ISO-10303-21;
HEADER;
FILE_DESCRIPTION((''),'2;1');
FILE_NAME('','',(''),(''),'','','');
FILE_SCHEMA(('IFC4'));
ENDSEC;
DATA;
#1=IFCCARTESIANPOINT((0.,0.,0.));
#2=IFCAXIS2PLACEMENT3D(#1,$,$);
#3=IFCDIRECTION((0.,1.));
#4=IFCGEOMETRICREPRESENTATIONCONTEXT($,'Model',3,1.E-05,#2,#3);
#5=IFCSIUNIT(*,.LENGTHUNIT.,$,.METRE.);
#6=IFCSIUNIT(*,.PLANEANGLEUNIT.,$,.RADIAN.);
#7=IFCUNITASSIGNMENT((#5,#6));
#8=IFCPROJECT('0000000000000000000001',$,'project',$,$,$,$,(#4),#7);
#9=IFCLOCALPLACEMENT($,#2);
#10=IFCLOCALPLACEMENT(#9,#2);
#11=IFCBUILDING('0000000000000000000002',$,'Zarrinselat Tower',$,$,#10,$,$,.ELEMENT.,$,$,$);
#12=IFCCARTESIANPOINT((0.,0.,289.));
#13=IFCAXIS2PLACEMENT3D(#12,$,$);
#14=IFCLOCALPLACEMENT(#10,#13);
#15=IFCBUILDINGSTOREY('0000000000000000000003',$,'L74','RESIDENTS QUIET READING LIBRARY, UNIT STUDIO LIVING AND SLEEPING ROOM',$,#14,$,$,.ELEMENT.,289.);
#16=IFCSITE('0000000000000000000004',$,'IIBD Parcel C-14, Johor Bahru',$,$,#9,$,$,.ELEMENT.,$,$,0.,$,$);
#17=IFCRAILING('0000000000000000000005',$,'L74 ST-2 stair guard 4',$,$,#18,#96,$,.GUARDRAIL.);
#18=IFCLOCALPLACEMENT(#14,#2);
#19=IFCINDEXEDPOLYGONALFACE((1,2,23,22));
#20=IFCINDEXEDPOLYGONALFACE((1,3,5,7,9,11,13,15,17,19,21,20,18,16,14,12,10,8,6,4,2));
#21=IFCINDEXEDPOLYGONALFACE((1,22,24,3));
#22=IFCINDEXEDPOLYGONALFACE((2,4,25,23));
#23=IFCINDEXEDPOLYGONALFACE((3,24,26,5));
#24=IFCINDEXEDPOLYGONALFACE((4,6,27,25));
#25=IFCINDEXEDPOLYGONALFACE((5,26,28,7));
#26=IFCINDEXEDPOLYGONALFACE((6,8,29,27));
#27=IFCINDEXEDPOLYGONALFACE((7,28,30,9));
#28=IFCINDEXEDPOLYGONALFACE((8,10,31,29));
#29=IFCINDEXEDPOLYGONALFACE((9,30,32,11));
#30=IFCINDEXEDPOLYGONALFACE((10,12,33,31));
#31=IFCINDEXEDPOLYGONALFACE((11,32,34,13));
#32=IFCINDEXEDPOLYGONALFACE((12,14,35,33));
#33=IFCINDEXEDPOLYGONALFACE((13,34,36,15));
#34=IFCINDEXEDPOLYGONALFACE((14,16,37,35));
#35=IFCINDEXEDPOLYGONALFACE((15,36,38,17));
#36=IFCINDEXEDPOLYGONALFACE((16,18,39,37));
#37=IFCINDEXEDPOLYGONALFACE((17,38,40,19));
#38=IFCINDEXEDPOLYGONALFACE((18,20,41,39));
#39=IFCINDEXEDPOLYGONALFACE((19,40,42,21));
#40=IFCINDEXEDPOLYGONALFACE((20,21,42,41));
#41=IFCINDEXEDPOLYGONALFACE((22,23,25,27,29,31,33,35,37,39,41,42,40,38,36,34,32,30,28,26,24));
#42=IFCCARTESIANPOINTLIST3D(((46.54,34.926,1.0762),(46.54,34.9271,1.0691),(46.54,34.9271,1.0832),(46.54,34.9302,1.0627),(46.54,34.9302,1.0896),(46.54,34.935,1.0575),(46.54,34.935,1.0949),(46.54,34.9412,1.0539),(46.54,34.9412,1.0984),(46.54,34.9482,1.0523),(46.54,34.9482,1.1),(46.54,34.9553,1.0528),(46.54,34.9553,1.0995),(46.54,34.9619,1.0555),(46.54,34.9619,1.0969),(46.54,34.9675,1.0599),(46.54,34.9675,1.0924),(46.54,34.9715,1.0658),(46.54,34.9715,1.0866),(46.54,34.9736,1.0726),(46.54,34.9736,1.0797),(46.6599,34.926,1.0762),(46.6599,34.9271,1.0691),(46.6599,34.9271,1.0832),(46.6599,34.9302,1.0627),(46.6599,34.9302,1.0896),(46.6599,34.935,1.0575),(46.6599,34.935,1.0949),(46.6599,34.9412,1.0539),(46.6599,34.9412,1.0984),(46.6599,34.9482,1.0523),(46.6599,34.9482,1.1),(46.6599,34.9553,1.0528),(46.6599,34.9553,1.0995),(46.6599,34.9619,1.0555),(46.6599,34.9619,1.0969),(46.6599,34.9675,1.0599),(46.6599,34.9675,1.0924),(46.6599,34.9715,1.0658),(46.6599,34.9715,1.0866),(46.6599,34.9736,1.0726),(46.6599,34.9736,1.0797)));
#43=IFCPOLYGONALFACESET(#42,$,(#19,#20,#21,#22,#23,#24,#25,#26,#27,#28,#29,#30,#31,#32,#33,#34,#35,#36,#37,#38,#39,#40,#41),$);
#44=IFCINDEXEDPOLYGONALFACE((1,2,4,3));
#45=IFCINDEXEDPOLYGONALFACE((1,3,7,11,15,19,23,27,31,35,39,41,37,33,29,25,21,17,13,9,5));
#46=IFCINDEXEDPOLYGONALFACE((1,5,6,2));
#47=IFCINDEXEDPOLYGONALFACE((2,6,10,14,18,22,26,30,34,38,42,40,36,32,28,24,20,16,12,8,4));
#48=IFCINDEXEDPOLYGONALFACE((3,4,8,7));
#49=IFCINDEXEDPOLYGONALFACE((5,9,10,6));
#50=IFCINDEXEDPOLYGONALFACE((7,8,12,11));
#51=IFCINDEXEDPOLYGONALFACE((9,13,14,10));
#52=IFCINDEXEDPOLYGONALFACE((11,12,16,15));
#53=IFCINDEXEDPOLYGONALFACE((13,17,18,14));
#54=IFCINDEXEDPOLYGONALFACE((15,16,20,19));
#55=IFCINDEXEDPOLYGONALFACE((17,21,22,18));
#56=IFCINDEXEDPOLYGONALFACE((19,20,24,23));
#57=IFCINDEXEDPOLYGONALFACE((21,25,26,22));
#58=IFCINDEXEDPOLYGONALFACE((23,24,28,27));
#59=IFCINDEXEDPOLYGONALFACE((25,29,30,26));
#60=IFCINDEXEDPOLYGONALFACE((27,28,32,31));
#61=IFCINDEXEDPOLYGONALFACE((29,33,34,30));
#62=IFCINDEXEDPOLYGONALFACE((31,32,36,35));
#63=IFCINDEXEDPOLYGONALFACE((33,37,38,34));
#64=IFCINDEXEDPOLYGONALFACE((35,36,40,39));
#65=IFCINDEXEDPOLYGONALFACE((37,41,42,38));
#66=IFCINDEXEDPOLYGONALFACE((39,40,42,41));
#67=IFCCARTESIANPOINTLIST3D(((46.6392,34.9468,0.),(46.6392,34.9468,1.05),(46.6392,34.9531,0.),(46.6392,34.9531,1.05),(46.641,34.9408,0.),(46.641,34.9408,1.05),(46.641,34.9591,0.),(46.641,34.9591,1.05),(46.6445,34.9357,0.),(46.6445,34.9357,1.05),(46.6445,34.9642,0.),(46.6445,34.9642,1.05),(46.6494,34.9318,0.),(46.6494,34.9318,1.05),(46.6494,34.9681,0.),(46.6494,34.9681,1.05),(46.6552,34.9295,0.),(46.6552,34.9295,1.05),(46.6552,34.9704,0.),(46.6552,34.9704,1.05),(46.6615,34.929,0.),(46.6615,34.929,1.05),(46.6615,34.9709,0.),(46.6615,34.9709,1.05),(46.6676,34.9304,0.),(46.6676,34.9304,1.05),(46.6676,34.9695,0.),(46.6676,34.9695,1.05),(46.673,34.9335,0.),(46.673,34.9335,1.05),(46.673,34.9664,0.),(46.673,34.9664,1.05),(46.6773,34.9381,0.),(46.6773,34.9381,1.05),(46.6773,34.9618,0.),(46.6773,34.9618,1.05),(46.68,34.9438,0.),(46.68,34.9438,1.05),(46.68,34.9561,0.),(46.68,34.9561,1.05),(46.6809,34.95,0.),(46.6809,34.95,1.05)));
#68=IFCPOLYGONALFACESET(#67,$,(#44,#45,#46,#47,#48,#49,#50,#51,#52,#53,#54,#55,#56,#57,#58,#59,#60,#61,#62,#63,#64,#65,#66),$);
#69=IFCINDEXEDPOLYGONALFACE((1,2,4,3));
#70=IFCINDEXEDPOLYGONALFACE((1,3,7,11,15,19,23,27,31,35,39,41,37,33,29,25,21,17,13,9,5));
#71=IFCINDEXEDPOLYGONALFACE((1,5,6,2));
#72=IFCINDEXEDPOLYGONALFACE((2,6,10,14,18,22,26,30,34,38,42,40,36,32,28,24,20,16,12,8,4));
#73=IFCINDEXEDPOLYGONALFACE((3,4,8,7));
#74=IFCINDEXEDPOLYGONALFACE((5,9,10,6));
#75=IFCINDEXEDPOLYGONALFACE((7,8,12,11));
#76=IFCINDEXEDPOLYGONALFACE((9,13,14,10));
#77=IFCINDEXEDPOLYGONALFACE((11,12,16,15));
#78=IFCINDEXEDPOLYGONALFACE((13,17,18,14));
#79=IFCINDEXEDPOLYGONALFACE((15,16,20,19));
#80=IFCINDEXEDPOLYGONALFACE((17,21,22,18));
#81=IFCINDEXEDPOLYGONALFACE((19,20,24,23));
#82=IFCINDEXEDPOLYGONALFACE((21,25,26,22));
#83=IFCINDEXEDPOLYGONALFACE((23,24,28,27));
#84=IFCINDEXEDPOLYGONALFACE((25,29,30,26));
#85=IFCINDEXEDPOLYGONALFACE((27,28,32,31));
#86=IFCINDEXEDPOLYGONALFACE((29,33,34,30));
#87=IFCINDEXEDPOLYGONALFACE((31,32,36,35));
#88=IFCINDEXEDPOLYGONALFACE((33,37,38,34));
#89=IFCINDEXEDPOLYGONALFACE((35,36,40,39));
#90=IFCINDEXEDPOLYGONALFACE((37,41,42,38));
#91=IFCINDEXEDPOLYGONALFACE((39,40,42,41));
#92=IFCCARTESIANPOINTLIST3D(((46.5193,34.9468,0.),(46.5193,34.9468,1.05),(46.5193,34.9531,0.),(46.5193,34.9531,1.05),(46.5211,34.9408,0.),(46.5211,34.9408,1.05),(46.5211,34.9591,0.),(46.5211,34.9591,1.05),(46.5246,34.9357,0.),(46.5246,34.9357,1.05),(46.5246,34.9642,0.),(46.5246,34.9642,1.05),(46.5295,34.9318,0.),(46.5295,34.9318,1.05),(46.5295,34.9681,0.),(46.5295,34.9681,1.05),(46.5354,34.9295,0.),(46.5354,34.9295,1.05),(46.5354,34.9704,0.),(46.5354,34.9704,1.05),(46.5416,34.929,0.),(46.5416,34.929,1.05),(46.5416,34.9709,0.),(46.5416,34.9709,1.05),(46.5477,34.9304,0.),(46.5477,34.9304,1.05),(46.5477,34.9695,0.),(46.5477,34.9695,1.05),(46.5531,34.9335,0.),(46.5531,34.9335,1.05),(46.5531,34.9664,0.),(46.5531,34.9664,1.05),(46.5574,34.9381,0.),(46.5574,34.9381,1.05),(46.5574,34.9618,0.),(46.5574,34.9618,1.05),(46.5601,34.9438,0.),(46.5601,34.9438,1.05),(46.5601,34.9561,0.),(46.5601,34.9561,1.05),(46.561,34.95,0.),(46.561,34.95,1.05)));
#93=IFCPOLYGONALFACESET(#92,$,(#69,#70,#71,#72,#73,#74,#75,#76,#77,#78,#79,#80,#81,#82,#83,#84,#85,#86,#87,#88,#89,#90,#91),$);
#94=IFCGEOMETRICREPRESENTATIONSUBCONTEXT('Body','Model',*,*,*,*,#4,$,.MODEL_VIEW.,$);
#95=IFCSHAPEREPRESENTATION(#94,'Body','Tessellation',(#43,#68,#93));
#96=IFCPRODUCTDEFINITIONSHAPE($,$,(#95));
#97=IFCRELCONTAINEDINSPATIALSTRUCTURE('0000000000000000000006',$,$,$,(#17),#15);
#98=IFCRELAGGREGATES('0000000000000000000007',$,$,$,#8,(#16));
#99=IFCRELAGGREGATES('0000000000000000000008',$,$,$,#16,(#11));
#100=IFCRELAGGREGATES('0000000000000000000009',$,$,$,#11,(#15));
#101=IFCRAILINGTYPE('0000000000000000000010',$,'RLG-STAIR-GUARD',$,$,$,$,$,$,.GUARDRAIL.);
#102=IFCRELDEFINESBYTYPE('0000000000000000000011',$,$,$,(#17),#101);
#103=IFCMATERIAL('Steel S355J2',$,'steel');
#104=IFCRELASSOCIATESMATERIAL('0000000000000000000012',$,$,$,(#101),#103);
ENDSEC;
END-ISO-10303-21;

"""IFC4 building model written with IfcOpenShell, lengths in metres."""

from ifc_helpers import new_model, si_unit, direction, frame, origin, origin_2d, place, context, subcontext, project, spatial, circle, extrude, material, type_object, element, save


model = new_model("IFC4")

# Units and contexts
model_context = context("Model", 3, precision=1e-05, world=origin(), true_north=direction((0.0, 1.0)))
body_context = subcontext(model_context, "Body", "Model", "MODEL_VIEW")
ifc_project = project(units=[si_unit("LENGTHUNIT", "METRE"), si_unit("PLANEANGLEUNIT", "RADIAN")], contexts=[model_context])

# Site, building, storey
site_placement = place(None, origin())
site = spatial("IfcSite", under=ifc_project, at=site_placement, Name="IIBD Parcel C-14, Johor Bahru", CompositionType="ELEMENT", RefElevation=0.0)
building_placement = place(site_placement, origin())
building = spatial("IfcBuilding", under=site, at=building_placement, Name="Zarrinselat Tower", CompositionType="ELEMENT")
storey_placement = place(building_placement, frame((0.0, 0.0, 289.0)))
storey = spatial("IfcBuildingStorey", under=building, at=storey_placement, Name="L74", Description="RESIDENTS QUIET READING LIBRARY, UNIT STUDIO LIVING AND SLEEPING ROOM", CompositionType="ELEMENT", Elevation=289.0)

# Railing
ifc_material_1 = material(Name="Steel S355J2", Category="steel")
railing_type_1 = type_object("IfcRailingType", Name="RLG-STAIR-GUARD", PredefinedType="GUARDRAIL", material=ifc_material_1)
railing_1_placement = place(storey_placement, frame((46.6599, 34.95, 0.0)))
element("IfcRailing", 1, at=railing_1_placement, inside=storey, type_object=railing_type_1, Name="L74 ST-2 stair guard 4", PredefinedType="GUARDRAIL", context=body_context, shape_type="SweptSolid", body=[
    extrude(circle(Radius=0.0239, at=origin_2d()), frame((0.0, 0.0, 1.0762), z_axis=(-1.0, 0.0, 0.0), x_axis=(0.0, -1.0, 0.0)), (0.0, 0.0, 1.0), 0.1199),
    extrude(circle(Radius=0.021, at=origin_2d()), origin(), (0.0, 0.0, 1.0), 1.05),
    extrude(circle(Radius=0.021, at=origin_2d()), frame((-0.1199, 0.0, 0.0)), (0.0, 0.0, 1.0), 1.05),
])

save(model, "model.ifc")
